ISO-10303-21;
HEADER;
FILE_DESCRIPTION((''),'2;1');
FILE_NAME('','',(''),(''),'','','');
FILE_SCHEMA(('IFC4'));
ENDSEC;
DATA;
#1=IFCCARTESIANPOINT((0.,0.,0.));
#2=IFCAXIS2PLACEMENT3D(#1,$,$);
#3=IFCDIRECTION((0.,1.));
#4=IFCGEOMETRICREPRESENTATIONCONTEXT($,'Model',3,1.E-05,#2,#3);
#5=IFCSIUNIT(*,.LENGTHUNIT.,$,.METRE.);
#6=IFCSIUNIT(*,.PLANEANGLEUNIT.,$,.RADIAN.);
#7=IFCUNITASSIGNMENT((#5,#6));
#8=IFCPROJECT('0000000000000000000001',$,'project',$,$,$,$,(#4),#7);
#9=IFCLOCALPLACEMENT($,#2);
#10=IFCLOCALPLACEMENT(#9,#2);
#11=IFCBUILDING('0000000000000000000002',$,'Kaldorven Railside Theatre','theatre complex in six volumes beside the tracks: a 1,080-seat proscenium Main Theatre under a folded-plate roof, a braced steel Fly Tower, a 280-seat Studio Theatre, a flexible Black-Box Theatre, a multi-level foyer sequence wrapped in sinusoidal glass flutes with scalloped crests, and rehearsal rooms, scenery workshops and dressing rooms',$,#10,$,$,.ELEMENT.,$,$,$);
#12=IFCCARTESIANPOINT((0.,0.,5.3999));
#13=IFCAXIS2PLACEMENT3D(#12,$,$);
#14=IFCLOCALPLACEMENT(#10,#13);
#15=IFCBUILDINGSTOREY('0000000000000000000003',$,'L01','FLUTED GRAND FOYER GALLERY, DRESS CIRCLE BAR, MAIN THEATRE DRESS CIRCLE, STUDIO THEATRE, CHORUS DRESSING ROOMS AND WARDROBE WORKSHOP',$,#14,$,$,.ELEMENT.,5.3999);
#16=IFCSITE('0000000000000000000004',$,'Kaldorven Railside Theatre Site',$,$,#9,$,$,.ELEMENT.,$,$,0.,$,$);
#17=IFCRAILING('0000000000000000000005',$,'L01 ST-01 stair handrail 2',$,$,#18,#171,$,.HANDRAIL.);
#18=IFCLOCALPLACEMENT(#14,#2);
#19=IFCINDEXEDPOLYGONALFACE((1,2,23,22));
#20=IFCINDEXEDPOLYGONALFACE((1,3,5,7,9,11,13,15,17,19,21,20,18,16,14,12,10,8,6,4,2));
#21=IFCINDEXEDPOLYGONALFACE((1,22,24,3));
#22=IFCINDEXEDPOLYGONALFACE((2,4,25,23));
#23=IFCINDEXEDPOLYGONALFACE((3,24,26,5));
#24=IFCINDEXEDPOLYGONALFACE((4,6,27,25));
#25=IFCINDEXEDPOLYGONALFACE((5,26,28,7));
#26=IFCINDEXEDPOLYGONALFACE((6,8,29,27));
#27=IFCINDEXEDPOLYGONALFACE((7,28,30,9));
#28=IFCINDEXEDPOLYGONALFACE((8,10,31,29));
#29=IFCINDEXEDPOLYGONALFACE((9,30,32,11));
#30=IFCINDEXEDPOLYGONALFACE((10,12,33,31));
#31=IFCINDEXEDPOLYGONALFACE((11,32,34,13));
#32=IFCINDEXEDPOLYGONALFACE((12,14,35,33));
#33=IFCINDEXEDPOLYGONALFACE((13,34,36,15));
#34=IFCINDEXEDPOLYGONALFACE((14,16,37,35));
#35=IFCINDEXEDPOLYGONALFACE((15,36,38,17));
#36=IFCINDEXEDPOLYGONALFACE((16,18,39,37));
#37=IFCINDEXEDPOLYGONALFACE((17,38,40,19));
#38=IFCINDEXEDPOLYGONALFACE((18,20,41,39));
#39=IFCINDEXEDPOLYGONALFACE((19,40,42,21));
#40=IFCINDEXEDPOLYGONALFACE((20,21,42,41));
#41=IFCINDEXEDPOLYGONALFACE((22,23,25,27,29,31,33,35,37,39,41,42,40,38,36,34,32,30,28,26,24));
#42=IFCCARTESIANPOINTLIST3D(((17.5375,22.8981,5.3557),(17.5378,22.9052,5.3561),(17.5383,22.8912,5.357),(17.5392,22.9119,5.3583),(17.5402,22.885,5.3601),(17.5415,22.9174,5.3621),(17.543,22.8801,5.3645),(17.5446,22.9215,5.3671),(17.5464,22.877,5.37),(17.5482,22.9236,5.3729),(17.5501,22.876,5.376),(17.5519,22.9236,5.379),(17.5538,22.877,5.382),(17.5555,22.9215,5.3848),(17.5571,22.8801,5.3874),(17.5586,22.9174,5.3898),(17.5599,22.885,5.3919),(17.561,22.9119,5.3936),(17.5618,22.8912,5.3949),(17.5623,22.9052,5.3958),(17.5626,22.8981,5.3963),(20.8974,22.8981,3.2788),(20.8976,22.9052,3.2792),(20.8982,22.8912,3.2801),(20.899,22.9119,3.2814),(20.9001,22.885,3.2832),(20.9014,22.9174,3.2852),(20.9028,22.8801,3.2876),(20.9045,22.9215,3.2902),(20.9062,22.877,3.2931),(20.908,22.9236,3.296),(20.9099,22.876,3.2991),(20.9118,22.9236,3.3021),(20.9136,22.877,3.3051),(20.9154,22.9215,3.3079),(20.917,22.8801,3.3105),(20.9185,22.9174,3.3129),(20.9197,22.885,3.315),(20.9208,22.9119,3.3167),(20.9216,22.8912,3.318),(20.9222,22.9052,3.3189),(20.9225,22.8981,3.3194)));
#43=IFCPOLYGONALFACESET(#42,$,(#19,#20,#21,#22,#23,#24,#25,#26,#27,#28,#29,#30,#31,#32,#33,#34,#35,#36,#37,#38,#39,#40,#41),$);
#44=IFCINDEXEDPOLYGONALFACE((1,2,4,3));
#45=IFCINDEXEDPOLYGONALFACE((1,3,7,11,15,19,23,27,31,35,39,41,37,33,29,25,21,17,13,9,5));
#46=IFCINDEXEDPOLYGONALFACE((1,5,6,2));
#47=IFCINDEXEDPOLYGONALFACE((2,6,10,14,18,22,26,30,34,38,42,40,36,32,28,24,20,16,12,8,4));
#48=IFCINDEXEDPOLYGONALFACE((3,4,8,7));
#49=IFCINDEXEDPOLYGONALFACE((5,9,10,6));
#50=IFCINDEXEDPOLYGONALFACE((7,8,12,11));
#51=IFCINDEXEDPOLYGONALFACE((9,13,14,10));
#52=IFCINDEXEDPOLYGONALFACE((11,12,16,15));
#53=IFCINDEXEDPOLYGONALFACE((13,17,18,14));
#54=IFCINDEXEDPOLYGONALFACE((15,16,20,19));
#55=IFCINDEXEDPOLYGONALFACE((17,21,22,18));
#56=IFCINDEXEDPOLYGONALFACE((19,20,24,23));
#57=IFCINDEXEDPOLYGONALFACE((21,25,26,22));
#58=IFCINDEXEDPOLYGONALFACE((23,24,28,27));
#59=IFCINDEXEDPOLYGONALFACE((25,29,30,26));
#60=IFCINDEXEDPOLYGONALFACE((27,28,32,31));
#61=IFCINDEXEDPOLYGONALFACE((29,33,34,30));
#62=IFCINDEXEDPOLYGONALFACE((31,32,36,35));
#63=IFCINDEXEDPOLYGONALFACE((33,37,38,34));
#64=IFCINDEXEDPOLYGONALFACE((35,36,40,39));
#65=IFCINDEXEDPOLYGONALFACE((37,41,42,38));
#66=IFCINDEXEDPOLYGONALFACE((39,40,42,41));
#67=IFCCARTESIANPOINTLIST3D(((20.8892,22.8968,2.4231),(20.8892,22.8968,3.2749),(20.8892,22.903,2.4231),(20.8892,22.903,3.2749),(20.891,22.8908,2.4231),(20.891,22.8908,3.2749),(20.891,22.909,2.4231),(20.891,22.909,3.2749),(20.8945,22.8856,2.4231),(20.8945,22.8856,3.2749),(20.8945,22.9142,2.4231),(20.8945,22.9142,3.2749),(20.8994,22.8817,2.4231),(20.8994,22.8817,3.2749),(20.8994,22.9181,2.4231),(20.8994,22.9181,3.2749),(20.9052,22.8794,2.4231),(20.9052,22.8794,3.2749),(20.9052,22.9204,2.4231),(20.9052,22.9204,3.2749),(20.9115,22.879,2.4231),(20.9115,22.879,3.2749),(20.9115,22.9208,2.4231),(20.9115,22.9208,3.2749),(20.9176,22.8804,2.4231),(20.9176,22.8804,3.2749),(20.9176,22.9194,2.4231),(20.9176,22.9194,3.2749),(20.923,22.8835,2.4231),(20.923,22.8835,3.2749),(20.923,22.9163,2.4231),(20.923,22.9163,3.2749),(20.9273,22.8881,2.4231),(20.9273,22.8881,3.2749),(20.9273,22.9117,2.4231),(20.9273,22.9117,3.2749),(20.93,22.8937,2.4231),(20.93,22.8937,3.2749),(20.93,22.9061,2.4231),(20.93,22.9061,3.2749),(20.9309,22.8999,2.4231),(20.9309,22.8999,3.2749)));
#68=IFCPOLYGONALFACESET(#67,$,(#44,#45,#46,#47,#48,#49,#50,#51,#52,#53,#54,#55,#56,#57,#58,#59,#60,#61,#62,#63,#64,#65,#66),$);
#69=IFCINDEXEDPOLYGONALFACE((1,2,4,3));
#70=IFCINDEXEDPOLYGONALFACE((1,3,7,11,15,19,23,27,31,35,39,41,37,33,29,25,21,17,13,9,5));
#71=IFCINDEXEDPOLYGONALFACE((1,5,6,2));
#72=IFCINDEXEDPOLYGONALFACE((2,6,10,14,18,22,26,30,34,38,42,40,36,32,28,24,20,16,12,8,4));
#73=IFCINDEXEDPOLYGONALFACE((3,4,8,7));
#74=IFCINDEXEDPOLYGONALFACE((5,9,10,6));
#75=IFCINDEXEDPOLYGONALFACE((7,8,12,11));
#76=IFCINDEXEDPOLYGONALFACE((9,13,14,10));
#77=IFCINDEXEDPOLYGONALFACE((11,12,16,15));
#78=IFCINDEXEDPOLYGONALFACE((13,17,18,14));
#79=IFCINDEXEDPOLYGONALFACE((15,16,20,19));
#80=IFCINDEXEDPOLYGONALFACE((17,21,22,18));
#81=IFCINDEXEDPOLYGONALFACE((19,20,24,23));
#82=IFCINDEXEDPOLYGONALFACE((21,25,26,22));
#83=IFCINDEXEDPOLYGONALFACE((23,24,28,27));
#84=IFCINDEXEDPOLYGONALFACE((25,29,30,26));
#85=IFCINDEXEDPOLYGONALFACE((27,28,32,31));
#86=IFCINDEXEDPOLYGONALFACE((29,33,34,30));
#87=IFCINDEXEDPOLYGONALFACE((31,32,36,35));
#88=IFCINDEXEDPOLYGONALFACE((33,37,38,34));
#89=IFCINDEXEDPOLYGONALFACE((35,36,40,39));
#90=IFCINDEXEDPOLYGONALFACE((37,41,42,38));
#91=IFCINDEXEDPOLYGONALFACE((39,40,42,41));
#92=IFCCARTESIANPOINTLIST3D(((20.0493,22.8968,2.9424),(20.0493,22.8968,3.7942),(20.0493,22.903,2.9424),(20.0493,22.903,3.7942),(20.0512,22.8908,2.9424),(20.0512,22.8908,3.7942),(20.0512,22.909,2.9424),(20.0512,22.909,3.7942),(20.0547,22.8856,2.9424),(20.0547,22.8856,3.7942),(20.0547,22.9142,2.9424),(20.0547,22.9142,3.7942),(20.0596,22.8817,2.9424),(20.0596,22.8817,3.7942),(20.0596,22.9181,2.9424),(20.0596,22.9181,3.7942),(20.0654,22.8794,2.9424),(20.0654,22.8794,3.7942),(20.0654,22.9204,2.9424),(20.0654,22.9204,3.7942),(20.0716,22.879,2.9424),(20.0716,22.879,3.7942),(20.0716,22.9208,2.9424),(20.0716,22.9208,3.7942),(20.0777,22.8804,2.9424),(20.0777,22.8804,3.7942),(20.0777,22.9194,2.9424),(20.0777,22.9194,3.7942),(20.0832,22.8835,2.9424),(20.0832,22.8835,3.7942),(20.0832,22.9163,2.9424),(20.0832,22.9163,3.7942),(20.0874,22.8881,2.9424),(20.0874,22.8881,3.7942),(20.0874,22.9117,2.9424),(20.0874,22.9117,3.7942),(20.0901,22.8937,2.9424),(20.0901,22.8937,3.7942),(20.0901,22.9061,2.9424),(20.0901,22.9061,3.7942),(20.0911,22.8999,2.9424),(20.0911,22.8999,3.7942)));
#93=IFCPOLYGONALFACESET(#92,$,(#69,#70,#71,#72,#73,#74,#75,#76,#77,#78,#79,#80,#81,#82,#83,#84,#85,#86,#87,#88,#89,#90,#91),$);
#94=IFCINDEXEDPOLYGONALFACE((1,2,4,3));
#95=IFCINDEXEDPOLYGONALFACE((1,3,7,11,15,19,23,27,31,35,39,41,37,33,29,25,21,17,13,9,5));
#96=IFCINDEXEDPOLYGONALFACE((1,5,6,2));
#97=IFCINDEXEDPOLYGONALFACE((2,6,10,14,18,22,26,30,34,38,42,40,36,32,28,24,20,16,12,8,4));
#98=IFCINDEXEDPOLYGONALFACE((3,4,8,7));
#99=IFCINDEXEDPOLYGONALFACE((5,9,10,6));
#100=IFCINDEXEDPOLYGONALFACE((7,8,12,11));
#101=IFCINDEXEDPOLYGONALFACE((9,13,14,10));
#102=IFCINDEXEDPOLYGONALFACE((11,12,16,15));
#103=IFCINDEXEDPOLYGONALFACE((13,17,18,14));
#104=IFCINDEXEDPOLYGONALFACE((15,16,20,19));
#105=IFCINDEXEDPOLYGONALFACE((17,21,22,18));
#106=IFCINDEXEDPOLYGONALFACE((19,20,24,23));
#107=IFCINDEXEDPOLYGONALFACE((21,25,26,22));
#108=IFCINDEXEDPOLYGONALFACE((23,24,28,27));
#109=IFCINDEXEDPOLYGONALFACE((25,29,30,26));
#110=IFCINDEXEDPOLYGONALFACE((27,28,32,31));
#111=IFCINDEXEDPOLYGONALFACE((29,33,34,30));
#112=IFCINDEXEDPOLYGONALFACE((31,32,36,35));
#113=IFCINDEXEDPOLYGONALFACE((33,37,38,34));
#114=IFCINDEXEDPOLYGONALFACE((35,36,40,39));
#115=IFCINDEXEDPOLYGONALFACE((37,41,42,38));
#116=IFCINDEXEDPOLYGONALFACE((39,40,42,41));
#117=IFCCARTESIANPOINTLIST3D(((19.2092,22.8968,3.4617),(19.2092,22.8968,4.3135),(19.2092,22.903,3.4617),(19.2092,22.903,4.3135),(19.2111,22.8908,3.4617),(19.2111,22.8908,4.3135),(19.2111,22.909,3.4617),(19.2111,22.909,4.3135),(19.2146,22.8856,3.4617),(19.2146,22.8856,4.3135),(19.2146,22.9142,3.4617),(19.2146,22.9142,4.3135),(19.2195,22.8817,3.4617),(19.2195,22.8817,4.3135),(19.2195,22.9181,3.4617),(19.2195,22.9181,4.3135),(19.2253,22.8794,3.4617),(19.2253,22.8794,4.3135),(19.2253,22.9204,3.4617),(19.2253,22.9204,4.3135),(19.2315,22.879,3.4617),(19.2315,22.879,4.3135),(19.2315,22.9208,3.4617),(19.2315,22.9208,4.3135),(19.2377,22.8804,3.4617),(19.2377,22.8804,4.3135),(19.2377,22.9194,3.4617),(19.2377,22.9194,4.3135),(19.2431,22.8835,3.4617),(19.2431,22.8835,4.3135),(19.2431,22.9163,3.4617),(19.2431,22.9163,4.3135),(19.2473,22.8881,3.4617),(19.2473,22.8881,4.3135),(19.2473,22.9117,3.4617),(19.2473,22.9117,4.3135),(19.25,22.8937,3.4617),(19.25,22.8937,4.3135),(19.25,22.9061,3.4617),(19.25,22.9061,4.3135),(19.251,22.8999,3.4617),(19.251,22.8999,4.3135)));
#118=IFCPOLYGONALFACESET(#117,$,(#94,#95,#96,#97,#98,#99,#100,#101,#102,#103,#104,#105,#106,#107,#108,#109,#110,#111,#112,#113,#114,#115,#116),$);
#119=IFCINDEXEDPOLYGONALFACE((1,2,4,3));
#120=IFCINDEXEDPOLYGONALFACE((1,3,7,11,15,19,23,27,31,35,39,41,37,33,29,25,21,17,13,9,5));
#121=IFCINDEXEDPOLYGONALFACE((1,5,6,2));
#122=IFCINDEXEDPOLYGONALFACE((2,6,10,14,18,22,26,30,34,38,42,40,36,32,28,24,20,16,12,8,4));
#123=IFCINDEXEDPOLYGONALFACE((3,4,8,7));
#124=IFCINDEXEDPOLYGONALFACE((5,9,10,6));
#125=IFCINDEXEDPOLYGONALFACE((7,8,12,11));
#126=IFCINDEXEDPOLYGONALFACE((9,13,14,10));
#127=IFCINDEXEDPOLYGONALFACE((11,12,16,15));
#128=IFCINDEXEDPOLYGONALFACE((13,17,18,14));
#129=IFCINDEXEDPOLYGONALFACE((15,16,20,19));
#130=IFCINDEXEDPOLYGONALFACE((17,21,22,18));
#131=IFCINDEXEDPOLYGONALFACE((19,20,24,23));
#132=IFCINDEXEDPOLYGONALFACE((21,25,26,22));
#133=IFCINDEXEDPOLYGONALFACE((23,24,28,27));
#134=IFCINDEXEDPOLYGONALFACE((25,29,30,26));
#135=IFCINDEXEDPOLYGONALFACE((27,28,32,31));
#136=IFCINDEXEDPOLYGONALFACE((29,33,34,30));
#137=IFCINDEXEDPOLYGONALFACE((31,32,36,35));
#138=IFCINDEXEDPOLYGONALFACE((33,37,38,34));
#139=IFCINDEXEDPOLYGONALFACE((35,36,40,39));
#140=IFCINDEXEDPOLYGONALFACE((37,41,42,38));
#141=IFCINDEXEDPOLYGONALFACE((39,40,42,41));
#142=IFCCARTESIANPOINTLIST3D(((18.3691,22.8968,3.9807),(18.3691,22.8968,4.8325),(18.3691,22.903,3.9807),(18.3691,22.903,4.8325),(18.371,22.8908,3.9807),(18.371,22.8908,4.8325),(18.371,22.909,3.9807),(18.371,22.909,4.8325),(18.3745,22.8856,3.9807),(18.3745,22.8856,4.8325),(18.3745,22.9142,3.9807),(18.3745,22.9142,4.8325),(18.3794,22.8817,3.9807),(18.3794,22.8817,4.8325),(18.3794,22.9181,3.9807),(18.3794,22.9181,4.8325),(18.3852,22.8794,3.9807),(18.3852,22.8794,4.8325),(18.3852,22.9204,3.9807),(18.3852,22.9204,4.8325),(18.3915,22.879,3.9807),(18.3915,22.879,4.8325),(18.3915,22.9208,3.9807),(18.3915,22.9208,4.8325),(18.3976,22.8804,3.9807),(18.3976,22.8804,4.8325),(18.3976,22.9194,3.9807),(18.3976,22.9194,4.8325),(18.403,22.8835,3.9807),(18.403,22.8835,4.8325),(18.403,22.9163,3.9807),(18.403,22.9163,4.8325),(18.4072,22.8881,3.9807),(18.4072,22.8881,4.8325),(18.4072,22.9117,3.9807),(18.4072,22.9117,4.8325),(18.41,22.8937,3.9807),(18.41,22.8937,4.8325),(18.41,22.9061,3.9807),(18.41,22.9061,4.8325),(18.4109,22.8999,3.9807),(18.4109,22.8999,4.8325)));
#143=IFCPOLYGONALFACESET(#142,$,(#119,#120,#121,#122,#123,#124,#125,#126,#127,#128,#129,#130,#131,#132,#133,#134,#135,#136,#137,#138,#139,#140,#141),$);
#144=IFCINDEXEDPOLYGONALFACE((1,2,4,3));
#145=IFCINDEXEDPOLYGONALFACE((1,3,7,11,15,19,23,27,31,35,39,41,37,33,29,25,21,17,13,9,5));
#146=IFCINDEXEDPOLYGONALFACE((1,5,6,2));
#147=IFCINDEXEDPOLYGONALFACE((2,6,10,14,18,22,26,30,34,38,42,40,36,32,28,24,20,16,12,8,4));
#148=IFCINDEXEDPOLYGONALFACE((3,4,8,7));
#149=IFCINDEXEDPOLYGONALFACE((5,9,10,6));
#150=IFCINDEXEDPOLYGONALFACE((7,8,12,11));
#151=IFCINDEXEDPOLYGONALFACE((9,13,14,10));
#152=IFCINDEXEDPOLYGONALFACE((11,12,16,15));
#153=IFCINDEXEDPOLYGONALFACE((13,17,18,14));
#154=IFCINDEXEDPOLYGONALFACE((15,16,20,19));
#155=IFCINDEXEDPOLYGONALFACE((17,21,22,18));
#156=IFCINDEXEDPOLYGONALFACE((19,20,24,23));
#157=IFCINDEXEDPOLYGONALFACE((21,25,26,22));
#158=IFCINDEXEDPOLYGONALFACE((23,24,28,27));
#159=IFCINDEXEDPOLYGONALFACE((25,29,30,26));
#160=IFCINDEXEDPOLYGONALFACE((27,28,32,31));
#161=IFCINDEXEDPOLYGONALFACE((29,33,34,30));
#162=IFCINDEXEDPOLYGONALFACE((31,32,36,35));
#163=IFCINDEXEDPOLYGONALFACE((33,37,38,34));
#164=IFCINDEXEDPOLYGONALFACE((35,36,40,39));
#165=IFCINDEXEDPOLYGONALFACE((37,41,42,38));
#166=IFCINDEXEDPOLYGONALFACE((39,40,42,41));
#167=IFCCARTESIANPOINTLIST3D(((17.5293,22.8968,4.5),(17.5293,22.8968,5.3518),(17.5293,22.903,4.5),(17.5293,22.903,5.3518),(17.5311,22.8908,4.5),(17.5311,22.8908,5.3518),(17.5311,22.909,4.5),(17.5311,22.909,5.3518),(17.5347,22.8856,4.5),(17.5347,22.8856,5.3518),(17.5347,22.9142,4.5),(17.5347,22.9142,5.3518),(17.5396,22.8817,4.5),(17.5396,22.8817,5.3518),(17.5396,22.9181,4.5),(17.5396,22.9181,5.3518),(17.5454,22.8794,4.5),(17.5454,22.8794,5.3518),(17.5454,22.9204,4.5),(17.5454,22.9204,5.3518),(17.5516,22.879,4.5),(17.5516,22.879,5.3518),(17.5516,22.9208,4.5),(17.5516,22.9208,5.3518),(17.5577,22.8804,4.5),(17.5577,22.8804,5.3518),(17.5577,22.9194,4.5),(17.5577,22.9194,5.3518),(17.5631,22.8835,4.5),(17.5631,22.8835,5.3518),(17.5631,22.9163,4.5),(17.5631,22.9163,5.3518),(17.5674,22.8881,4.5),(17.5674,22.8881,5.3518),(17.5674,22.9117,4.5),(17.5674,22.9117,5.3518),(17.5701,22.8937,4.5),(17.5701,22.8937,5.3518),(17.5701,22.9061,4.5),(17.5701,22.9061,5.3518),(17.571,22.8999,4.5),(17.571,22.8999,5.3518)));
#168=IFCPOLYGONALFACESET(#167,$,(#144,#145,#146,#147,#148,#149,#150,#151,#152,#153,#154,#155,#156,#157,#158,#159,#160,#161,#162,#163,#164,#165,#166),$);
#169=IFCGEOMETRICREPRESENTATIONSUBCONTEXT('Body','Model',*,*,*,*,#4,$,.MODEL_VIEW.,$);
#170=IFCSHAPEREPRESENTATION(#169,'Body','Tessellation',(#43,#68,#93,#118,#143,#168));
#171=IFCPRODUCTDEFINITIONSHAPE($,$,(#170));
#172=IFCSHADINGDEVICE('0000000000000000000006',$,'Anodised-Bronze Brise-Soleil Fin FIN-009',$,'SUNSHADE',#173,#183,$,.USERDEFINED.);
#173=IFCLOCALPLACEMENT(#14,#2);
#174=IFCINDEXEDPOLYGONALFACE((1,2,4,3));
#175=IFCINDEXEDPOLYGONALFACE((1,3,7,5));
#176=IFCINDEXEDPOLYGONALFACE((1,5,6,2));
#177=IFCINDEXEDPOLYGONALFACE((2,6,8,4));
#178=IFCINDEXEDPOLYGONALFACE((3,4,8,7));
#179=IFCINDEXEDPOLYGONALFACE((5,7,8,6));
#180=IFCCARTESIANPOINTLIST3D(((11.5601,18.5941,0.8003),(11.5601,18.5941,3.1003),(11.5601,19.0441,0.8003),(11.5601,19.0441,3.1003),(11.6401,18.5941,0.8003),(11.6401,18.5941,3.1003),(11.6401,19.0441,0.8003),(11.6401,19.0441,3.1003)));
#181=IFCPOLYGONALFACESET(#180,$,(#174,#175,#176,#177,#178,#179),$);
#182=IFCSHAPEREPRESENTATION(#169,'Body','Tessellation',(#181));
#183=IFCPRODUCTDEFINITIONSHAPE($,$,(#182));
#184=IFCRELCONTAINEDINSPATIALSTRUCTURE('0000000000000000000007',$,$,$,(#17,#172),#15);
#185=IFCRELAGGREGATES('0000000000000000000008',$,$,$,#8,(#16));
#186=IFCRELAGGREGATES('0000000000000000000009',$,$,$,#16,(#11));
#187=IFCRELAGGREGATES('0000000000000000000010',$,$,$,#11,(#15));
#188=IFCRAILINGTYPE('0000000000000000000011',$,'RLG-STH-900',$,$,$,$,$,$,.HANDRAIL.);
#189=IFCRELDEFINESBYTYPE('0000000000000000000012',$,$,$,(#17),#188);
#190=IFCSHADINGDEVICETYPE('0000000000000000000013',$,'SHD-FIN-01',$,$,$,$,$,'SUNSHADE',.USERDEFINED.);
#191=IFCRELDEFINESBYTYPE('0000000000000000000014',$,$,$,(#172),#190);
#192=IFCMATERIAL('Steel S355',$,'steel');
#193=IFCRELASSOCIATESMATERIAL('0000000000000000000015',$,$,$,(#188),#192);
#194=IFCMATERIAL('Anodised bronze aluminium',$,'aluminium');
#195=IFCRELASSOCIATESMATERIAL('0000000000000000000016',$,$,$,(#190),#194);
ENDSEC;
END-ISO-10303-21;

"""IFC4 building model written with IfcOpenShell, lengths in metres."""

from ifc_helpers import new_model, si_unit, direction, frame, origin, origin_2d, place, context, subcontext, project, spatial, rectangle, circle, extrude, material, type_object, element, save


model = new_model("IFC4")

# Units and contexts
model_context = context("Model", 3, precision=1e-05, world=origin(), true_north=direction((0.0, 1.0)))
body_context = subcontext(model_context, "Body", "Model", "MODEL_VIEW")
ifc_project = project(units=[si_unit("LENGTHUNIT", "METRE"), si_unit("PLANEANGLEUNIT", "RADIAN")], contexts=[model_context])

# Site, building, storey
site_placement = place(None, origin())
site = spatial("IfcSite", under=ifc_project, at=site_placement, Name="Kaldorven Railside Theatre Site", CompositionType="ELEMENT", RefElevation=0.0)
building_placement = place(site_placement, origin())
building = spatial("IfcBuilding", under=site, at=building_placement, Name="Kaldorven Railside Theatre", Description="theatre complex in six volumes beside the tracks: a 1,080-seat proscenium Main Theatre under a folded-plate roof, a braced steel Fly Tower, a 280-seat Studio Theatre, a flexible Black-Box Theatre, a multi-level foyer sequence wrapped in sinusoidal glass flutes with scalloped crests, and rehearsal rooms, scenery workshops and dressing rooms", CompositionType="ELEMENT")
storey_placement = place(building_placement, frame((0.0, 0.0, 5.3999)))
storey = spatial("IfcBuildingStorey", under=building, at=storey_placement, Name="L01", Description="FLUTED GRAND FOYER GALLERY, DRESS CIRCLE BAR, MAIN THEATRE DRESS CIRCLE, STUDIO THEATRE, CHORUS DRESSING ROOMS AND WARDROBE WORKSHOP", CompositionType="ELEMENT", Elevation=5.3999)

# Shared definitions
ifc_material_1 = material(Name="Steel S355", Category="steel")

# Railing
ifc_material_2 = material(Name="Anodised bronze aluminium", Category="aluminium")
railing_type_1 = type_object("IfcRailingType", Name="RLG-STH-900", PredefinedType="HANDRAIL", material=ifc_material_1)
railing_1_placement = place(storey_placement, frame((20.9099, 22.8999, 2.4231)))
element("IfcRailing", 1, at=railing_1_placement, inside=storey, type_object=railing_type_1, Name="L01 ST-01 stair handrail 2", PredefinedType="HANDRAIL", context=body_context, shape_type="SweptSolid", body=[
    extrude(circle(Radius=0.0239, at=origin_2d()), frame((0.0, 0.0, 0.876), z_axis=(-0.850606, 0.0, 0.525803), x_axis=(0.0, -1.0, 0.0)), (0.0, 0.0, 1.0), 3.95),
    extrude(circle(Radius=0.021, at=origin_2d()), origin(), (0.0, 0.0, 1.0), 0.8518),
    extrude(circle(Radius=0.021, at=origin_2d()), frame((-0.8398, 0.0, 0.5193)), (0.0, 0.0, 1.0), 0.8518),
    extrude(circle(Radius=0.021, at=origin_2d()), frame((-1.6799, 0.0, 1.0386)), (0.0, 0.0, 1.0), 0.8518),
    extrude(circle(Radius=0.021, at=origin_2d()), frame((-2.52, 0.0, 1.5576)), (0.0, 0.0, 1.0), 0.8518),
    extrude(circle(Radius=0.021, at=origin_2d()), frame((-3.3599, 0.0, 2.0769)), (0.0, 0.0, 1.0), 0.8518),
])

# Shading device
shading_device_type = type_object("IfcShadingDeviceType", Name="SHD-FIN-01", ElementType="SUNSHADE", PredefinedType="USERDEFINED", material=ifc_material_2)
shading_device_placement = place(storey_placement, frame((11.6001, 18.8191, 0.8003), z_axis=(0.0, 0.0, 1.0), x_axis=(-1.0, 0.0, 0.0)))
element("IfcShadingDevice", 2, at=shading_device_placement, inside=storey, type_object=shading_device_type, Name="Anodised-Bronze Brise-Soleil Fin FIN-009", ObjectType="SUNSHADE", PredefinedType="USERDEFINED", context=body_context, shape_type="SweptSolid", body=[
    extrude(rectangle(XDim=0.0801, YDim=0.45, at=origin_2d()), origin(), (0.0, 0.0, 1.0), 2.3),
])

save(model, "model.ifc")
